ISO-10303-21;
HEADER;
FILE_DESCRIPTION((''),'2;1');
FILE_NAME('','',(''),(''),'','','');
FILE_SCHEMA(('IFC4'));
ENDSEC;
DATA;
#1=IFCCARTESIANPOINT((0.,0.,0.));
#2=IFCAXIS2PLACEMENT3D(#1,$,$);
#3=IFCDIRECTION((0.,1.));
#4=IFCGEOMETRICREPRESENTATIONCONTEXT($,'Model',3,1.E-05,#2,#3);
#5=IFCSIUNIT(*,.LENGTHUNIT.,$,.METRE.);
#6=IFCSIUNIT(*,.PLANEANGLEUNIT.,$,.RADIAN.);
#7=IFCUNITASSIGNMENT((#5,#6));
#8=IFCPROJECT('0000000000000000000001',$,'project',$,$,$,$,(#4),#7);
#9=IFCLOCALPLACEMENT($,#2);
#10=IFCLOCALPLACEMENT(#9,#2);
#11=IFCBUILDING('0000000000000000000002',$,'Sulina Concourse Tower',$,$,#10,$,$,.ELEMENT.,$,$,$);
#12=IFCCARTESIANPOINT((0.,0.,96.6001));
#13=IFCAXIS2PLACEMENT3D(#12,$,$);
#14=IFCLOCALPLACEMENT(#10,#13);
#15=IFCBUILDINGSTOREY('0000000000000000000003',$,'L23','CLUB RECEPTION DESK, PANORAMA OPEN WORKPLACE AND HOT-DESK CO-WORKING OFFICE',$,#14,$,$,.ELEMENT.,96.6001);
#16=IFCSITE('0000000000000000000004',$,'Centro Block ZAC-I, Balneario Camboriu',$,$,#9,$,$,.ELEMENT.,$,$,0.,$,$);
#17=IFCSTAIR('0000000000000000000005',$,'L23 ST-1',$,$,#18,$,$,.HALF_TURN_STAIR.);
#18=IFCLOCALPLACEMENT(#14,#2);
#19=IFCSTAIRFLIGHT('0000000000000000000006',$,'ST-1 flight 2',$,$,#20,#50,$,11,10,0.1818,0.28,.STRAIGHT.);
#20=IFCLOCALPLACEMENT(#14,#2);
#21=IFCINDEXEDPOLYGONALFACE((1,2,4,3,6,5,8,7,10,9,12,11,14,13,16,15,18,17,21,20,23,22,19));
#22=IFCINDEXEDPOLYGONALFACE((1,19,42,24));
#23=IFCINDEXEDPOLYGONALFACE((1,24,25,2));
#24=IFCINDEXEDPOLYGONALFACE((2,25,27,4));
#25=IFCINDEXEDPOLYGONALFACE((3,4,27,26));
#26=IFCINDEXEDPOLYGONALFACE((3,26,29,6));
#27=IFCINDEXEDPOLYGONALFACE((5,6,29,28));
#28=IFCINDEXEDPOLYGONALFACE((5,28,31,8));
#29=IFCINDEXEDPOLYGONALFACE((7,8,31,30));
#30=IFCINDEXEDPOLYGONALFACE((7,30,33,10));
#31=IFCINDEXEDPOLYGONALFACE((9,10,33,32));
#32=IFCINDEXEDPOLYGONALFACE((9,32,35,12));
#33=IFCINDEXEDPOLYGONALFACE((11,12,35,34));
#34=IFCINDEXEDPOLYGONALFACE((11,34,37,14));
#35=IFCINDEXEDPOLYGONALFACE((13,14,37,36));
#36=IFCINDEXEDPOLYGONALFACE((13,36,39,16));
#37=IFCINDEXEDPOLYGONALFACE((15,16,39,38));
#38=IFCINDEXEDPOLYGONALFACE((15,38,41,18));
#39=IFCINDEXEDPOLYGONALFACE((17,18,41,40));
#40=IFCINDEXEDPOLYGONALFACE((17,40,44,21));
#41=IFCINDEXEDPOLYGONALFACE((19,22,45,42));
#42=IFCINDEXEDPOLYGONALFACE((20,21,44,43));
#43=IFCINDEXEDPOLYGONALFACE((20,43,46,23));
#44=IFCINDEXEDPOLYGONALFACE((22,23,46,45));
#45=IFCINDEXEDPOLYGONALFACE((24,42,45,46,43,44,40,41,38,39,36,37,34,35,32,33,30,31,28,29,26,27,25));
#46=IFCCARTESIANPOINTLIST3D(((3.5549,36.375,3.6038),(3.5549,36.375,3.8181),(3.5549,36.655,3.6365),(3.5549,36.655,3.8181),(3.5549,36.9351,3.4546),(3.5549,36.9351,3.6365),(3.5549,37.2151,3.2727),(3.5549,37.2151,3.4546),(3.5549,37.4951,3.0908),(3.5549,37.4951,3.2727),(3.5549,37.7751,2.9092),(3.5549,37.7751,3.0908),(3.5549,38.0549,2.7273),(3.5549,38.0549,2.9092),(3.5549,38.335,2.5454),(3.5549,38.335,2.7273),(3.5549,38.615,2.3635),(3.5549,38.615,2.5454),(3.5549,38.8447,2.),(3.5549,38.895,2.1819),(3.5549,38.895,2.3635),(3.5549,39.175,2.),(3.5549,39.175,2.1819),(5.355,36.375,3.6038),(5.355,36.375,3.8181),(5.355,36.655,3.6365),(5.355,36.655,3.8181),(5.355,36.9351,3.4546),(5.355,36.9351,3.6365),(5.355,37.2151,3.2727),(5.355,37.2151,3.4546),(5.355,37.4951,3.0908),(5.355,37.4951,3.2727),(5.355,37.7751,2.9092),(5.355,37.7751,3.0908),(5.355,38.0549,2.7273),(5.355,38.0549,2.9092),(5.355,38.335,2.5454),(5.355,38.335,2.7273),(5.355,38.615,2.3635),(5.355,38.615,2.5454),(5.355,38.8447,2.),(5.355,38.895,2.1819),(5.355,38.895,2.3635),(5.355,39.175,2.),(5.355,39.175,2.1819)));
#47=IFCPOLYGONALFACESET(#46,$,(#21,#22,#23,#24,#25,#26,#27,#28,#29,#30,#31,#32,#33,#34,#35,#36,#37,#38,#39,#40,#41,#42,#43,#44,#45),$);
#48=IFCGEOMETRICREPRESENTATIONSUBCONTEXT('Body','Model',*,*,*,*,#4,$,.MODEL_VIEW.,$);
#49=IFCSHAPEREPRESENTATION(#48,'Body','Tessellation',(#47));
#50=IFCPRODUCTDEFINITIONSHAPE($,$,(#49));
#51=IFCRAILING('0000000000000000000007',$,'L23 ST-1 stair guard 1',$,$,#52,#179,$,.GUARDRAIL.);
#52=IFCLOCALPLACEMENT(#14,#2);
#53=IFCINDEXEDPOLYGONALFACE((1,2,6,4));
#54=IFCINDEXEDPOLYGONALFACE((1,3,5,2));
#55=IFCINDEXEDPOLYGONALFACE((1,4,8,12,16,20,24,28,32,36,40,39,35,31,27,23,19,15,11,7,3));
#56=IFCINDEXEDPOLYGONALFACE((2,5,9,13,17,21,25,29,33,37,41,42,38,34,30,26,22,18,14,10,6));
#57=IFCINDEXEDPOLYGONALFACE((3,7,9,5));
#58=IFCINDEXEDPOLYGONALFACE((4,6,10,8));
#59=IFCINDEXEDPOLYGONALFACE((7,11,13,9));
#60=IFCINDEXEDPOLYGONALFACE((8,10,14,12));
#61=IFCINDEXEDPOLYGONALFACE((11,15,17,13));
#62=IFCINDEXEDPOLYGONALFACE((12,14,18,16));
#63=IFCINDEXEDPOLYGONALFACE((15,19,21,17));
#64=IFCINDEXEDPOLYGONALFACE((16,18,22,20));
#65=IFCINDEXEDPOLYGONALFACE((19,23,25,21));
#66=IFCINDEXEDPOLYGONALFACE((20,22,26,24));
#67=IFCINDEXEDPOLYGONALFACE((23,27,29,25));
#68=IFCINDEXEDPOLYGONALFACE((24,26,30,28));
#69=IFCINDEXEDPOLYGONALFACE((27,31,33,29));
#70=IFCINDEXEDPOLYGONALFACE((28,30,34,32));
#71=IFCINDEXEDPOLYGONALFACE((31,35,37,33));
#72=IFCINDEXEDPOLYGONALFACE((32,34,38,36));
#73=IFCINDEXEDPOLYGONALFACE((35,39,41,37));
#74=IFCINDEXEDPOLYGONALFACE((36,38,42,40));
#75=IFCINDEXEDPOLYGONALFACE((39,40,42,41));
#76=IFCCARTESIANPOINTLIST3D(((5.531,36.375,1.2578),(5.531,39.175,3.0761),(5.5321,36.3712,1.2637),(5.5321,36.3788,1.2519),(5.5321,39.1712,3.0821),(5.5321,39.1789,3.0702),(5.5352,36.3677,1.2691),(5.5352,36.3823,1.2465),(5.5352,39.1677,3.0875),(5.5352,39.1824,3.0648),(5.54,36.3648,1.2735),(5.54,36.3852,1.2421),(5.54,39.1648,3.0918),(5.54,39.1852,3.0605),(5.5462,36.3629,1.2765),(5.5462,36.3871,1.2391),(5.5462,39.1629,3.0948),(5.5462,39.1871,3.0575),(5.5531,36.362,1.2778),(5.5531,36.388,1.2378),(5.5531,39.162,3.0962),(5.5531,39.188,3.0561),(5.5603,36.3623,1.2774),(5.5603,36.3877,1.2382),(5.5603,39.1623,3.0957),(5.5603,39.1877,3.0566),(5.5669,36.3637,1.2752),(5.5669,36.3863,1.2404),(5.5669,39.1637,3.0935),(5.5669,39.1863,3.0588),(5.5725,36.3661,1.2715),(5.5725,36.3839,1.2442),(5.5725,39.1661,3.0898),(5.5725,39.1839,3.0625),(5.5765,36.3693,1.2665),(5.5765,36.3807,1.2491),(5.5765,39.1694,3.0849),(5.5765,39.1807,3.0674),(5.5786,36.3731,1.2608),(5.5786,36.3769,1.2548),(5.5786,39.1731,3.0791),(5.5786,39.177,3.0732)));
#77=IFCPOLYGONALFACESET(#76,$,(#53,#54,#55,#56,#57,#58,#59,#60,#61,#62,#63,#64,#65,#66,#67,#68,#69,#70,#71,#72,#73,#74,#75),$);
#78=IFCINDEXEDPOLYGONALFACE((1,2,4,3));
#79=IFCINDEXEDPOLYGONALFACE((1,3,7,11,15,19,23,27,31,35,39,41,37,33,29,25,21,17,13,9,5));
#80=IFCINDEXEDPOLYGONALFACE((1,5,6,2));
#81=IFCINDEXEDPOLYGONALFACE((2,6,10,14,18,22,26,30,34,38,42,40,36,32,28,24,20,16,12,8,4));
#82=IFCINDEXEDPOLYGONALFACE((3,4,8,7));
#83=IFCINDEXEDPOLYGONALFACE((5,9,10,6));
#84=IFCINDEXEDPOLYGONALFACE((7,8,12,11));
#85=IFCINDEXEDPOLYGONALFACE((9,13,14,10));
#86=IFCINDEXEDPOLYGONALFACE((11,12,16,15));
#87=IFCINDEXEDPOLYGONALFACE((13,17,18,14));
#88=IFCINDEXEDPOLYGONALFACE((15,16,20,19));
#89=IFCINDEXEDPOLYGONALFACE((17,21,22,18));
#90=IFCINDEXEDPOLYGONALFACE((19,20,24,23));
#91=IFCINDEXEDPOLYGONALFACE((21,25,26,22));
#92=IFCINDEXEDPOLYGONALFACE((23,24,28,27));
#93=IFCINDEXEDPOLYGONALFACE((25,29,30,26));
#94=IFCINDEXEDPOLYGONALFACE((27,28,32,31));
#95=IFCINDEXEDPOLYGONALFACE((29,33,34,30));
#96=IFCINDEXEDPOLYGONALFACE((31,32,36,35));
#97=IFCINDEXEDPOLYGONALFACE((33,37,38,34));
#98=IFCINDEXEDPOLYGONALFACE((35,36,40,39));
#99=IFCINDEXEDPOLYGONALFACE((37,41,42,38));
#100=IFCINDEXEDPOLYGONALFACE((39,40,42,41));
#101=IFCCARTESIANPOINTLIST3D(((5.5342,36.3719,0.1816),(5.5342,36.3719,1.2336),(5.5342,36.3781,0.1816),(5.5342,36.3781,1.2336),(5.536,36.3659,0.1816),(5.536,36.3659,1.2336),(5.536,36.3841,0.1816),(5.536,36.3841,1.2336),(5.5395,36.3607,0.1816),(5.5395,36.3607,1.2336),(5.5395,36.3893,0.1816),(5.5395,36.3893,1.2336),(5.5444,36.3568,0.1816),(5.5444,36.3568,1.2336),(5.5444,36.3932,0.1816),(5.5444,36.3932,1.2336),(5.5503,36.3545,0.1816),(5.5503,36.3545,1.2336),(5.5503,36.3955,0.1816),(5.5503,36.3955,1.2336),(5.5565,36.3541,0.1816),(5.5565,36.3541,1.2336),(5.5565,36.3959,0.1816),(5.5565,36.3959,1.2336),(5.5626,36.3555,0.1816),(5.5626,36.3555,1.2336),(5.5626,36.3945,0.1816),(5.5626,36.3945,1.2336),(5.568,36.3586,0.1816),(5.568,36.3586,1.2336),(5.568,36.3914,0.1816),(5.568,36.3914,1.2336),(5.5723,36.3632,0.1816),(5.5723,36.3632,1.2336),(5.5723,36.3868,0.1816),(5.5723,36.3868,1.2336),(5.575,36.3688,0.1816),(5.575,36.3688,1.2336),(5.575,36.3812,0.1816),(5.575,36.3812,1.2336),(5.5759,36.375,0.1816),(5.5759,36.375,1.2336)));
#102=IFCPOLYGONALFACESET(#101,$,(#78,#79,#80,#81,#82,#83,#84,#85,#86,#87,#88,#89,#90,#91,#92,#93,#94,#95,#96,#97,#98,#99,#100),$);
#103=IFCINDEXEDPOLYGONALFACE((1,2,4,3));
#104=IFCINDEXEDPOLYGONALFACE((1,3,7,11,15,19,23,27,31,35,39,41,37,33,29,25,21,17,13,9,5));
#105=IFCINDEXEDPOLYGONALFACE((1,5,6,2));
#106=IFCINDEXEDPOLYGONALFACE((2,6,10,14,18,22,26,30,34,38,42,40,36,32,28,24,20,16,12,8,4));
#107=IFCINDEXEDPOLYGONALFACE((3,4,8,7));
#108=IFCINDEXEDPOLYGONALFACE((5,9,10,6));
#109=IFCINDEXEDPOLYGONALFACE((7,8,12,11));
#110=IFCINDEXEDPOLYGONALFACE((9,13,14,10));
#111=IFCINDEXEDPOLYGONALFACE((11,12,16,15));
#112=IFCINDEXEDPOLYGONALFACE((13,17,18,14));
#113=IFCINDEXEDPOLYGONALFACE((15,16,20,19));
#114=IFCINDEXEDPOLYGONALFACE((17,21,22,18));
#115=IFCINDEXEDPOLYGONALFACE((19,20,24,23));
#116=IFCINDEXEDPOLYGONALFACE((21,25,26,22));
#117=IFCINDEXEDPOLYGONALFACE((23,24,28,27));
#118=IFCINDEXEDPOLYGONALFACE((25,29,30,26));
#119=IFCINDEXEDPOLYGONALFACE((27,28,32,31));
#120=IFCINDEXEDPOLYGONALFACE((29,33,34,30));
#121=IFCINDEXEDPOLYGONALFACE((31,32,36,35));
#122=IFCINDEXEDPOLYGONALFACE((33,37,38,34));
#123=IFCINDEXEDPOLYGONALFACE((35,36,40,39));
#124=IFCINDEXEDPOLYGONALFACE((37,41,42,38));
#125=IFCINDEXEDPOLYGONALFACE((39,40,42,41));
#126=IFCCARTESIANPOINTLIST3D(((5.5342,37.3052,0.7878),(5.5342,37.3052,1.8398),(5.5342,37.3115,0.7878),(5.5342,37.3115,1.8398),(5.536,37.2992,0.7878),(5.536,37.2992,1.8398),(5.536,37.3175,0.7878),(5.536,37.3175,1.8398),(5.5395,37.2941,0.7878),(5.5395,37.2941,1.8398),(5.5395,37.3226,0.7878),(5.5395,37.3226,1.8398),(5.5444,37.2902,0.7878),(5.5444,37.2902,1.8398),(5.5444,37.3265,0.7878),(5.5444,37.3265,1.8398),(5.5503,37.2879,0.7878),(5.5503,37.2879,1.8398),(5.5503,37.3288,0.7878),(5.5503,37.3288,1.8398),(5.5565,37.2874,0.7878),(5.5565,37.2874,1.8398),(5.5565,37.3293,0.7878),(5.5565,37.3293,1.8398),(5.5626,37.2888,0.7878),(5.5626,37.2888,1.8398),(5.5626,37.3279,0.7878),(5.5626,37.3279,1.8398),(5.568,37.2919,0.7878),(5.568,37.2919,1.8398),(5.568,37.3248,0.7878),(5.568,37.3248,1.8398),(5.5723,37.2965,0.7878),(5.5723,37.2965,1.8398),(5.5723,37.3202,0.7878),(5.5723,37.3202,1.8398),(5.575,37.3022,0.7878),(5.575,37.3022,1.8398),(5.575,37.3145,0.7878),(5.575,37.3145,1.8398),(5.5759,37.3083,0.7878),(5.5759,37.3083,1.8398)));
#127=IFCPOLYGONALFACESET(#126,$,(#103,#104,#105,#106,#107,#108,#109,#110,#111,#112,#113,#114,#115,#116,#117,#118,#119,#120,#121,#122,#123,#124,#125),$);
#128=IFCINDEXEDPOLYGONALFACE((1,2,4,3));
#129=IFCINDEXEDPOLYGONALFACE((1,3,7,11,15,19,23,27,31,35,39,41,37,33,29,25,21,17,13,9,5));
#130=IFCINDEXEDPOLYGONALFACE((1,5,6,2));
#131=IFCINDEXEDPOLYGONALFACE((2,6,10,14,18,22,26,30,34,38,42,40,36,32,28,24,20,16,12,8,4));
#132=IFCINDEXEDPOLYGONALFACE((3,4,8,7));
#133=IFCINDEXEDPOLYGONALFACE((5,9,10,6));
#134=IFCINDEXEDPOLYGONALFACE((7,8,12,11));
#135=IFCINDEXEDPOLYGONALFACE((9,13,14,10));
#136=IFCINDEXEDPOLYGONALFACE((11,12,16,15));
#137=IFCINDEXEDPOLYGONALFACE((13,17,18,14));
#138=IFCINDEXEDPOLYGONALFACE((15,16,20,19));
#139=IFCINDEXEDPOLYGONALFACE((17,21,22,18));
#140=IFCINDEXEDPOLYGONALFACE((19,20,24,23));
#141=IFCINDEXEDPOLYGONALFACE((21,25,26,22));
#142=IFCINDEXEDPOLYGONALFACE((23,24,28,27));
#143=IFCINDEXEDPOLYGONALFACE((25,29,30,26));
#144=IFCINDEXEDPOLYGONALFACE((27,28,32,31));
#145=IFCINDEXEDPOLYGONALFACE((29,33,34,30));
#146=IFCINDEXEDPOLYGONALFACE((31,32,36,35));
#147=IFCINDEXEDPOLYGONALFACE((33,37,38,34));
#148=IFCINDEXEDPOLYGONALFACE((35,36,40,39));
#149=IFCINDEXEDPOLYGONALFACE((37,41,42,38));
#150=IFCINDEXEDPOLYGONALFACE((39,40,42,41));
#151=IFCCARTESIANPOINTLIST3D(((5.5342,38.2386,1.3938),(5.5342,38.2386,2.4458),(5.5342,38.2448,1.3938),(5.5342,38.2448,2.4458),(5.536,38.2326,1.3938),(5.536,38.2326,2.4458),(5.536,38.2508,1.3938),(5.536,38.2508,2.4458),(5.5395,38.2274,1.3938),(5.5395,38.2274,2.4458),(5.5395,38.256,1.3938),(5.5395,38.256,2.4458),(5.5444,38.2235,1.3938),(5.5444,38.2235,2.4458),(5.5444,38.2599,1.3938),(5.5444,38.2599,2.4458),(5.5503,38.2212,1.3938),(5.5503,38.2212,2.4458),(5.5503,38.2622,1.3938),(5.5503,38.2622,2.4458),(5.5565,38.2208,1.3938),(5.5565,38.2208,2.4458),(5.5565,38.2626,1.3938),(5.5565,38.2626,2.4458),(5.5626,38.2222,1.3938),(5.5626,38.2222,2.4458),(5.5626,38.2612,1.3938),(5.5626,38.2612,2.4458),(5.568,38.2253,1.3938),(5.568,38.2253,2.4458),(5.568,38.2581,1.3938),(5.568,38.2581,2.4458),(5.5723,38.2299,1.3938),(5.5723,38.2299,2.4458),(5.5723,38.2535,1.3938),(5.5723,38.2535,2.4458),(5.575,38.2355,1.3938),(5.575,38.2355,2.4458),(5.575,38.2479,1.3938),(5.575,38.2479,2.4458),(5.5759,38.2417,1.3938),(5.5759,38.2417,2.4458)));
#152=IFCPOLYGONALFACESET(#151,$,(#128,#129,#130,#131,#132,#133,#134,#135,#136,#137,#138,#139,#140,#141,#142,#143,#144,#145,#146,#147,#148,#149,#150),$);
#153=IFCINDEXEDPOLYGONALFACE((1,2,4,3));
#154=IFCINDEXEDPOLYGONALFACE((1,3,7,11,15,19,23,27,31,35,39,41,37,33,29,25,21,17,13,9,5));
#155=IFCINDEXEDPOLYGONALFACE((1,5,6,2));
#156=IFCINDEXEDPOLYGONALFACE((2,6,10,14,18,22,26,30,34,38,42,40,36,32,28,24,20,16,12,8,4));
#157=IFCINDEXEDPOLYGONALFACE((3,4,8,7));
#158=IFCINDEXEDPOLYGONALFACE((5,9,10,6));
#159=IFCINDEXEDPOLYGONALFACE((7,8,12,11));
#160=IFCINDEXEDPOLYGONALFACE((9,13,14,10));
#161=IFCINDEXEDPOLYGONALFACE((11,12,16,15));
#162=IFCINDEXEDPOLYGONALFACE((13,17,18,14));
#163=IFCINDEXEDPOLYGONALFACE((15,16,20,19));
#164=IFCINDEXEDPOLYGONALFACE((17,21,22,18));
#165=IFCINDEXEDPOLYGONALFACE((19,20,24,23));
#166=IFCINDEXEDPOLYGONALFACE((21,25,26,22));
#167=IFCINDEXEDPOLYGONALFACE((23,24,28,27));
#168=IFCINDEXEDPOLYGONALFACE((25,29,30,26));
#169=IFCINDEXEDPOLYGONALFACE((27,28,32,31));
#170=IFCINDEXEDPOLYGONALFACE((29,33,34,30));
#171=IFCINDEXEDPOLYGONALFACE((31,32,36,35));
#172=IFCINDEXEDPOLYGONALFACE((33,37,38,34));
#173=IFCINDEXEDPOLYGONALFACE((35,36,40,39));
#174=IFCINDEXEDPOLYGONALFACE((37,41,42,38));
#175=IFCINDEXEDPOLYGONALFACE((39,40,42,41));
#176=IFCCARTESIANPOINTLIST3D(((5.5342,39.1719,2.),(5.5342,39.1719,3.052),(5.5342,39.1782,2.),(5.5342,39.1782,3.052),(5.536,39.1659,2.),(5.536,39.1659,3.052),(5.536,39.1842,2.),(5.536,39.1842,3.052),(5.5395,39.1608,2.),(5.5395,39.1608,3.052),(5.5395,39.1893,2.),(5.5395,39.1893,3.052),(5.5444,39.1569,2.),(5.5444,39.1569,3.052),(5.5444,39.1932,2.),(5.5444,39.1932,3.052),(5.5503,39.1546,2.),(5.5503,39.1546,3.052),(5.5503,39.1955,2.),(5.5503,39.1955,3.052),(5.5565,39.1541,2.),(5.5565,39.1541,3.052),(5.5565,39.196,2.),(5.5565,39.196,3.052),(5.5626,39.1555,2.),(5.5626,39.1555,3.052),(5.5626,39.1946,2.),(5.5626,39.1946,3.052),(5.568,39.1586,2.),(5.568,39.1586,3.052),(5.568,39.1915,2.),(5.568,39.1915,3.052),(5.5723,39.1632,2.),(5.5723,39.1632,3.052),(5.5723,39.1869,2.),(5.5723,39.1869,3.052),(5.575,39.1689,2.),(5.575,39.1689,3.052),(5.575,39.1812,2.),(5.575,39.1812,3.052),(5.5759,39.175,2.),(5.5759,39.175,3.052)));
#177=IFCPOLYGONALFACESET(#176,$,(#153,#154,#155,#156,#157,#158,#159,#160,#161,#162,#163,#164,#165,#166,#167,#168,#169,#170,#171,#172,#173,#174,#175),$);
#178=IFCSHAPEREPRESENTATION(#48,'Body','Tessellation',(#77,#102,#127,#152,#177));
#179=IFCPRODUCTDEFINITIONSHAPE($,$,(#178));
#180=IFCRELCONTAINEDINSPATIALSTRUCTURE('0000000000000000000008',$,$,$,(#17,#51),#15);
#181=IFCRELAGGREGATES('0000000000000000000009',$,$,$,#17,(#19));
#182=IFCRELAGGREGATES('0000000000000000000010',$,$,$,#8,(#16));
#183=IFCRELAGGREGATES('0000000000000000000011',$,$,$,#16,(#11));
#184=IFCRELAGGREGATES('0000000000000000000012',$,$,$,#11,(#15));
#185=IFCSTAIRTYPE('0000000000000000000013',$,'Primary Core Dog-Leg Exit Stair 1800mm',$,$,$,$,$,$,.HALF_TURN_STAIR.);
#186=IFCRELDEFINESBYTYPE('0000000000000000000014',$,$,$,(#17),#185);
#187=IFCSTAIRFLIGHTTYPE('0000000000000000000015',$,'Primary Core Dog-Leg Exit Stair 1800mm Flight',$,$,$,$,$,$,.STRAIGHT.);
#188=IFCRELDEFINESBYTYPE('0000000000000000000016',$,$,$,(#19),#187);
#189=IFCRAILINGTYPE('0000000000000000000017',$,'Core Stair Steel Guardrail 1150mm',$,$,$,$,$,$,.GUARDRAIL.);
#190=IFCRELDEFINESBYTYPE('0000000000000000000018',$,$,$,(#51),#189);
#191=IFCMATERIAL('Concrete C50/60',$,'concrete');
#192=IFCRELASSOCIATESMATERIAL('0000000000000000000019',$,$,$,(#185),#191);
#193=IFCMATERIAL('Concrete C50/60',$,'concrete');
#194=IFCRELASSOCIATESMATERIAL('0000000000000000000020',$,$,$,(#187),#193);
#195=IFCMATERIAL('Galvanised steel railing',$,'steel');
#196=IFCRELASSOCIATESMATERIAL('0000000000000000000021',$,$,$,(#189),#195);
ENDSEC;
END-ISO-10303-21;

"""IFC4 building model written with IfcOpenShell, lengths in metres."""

from ifc_helpers import new_model, si_unit, direction, frame, origin, origin_2d, place, context, subcontext, project, spatial, polyline, circle, outline, extrude, material, type_object, element, aggregate, save


model = new_model("IFC4")

# Units and contexts
model_context = context("Model", 3, precision=1e-05, world=origin(), true_north=direction((0.0, 1.0)))
body_context = subcontext(model_context, "Body", "Model", "MODEL_VIEW")
ifc_project = project(units=[si_unit("LENGTHUNIT", "METRE"), si_unit("PLANEANGLEUNIT", "RADIAN")], contexts=[model_context])

# Site, building, storey
site_placement = place(None, origin())
site = spatial("IfcSite", under=ifc_project, at=site_placement, Name="Centro Block ZAC-I, Balneario Camboriu", CompositionType="ELEMENT", RefElevation=0.0)
building_placement = place(site_placement, origin())
building = spatial("IfcBuilding", under=site, at=building_placement, Name="Sulina Concourse Tower", CompositionType="ELEMENT")
storey_placement = place(building_placement, frame((0.0, 0.0, 96.6001)))
storey = spatial("IfcBuildingStorey", under=building, at=storey_placement, Name="L23", Description="CLUB RECEPTION DESK, PANORAMA OPEN WORKPLACE AND HOT-DESK CO-WORKING OFFICE", CompositionType="ELEMENT", Elevation=96.6001)

# Stair, stair flight
ifc_material_1 = material(Name="Concrete C50/60", Category="concrete")
stair_type = type_object("IfcStairType", Name="Primary Core Dog-Leg Exit Stair 1800mm", PredefinedType="HALF_TURN_STAIR", material=ifc_material_1)
stair_placement = place(storey_placement, origin())
stair = element("IfcStair", 1, at=stair_placement, inside=storey, type_object=stair_type, Name="L23 ST-1", PredefinedType="HALF_TURN_STAIR")
ifc_material_2 = material(Name="Concrete C50/60", Category="concrete")
stair_flight_type = type_object("IfcStairFlightType", Name="Primary Core Dog-Leg Exit Stair 1800mm Flight", PredefinedType="STRAIGHT", material=ifc_material_2)
stair_flight_1_placement = place(storey_placement, frame((4.4551, 39.175, 2.0), z_axis=(0.0, 0.0, 1.0), x_axis=(0.0, -1.0, 0.0)))
stair_flight_1 = element("IfcStairFlight", 2, at=stair_flight_1_placement, type_object=stair_flight_type, Name="ST-1 flight 2", NumberOfRisers=11, NumberOfTreads=10, PredefinedType="STRAIGHT", RiserHeight=0.1818, TreadLength=0.28, context=body_context, shape_type="SweptSolid", body=[
    extrude(outline(polyline([(0.0, 0.0), (0.0, 0.1819), (0.28, 0.1819), (0.28, 0.3635), (0.5601, 0.3635), (0.5601, 0.5454), (0.8401, 0.5454), (0.8401, 0.7273), (1.1201, 0.7273), (1.1201, 0.9092), (1.3999, 0.9092), (1.3999, 1.0908), (1.6799, 1.0908), (1.6799, 1.2727), (1.96, 1.2727), (1.96, 1.4546), (2.24, 1.4546), (2.24, 1.6365), (2.52, 1.6365), (2.52, 1.8181), (2.8, 1.8181), (2.8, 2.0), (2.8, 1.6038), (0.3303, 0.0), (0.0, 0.0)])), frame((0.0, 0.8999, 0.0), z_axis=(0.0, -1.0, 0.0), x_axis=(1.0, 0.0, 0.0)), (0.0, 0.0, 1.0), 1.8),
])
aggregate(stair, [stair_flight_1])

# Railing
ifc_material_3 = material(Name="Galvanised steel railing", Category="steel")
railing_type_1 = type_object("IfcRailingType", Name="Core Stair Steel Guardrail 1150mm", PredefinedType="GUARDRAIL", material=ifc_material_3)
railing_1_placement = place(storey_placement, frame((5.5549, 36.375, 0.1816)))
element("IfcRailing", 3, at=railing_1_placement, inside=storey, type_object=railing_type_1, Name="L23 ST-1 stair guard 1", PredefinedType="GUARDRAIL", context=body_context, shape_type="SweptSolid", body=[
    extrude(circle(Radius=0.0239, at=origin_2d()), frame((0.0, 0.0, 1.0762), z_axis=(0.0, 0.838672, 0.544636), x_axis=(-1.0, 0.0, 0.0)), (0.0, 0.0, 1.0), 3.3386),
    extrude(circle(Radius=0.021, at=origin_2d()), origin(), (0.0, 0.0, 1.0), 1.052),
    extrude(circle(Radius=0.021, at=origin_2d()), frame((0.0, 0.9333, 0.6062)), (0.0, 0.0, 1.0), 1.052),
    extrude(circle(Radius=0.021, at=origin_2d()), frame((0.0, 1.8667, 1.2122)), (0.0, 0.0, 1.0), 1.052),
    extrude(circle(Radius=0.021, at=origin_2d()), frame((0.0, 2.8, 1.8184)), (0.0, 0.0, 1.0), 1.052),
])

save(model, "model.ifc")
